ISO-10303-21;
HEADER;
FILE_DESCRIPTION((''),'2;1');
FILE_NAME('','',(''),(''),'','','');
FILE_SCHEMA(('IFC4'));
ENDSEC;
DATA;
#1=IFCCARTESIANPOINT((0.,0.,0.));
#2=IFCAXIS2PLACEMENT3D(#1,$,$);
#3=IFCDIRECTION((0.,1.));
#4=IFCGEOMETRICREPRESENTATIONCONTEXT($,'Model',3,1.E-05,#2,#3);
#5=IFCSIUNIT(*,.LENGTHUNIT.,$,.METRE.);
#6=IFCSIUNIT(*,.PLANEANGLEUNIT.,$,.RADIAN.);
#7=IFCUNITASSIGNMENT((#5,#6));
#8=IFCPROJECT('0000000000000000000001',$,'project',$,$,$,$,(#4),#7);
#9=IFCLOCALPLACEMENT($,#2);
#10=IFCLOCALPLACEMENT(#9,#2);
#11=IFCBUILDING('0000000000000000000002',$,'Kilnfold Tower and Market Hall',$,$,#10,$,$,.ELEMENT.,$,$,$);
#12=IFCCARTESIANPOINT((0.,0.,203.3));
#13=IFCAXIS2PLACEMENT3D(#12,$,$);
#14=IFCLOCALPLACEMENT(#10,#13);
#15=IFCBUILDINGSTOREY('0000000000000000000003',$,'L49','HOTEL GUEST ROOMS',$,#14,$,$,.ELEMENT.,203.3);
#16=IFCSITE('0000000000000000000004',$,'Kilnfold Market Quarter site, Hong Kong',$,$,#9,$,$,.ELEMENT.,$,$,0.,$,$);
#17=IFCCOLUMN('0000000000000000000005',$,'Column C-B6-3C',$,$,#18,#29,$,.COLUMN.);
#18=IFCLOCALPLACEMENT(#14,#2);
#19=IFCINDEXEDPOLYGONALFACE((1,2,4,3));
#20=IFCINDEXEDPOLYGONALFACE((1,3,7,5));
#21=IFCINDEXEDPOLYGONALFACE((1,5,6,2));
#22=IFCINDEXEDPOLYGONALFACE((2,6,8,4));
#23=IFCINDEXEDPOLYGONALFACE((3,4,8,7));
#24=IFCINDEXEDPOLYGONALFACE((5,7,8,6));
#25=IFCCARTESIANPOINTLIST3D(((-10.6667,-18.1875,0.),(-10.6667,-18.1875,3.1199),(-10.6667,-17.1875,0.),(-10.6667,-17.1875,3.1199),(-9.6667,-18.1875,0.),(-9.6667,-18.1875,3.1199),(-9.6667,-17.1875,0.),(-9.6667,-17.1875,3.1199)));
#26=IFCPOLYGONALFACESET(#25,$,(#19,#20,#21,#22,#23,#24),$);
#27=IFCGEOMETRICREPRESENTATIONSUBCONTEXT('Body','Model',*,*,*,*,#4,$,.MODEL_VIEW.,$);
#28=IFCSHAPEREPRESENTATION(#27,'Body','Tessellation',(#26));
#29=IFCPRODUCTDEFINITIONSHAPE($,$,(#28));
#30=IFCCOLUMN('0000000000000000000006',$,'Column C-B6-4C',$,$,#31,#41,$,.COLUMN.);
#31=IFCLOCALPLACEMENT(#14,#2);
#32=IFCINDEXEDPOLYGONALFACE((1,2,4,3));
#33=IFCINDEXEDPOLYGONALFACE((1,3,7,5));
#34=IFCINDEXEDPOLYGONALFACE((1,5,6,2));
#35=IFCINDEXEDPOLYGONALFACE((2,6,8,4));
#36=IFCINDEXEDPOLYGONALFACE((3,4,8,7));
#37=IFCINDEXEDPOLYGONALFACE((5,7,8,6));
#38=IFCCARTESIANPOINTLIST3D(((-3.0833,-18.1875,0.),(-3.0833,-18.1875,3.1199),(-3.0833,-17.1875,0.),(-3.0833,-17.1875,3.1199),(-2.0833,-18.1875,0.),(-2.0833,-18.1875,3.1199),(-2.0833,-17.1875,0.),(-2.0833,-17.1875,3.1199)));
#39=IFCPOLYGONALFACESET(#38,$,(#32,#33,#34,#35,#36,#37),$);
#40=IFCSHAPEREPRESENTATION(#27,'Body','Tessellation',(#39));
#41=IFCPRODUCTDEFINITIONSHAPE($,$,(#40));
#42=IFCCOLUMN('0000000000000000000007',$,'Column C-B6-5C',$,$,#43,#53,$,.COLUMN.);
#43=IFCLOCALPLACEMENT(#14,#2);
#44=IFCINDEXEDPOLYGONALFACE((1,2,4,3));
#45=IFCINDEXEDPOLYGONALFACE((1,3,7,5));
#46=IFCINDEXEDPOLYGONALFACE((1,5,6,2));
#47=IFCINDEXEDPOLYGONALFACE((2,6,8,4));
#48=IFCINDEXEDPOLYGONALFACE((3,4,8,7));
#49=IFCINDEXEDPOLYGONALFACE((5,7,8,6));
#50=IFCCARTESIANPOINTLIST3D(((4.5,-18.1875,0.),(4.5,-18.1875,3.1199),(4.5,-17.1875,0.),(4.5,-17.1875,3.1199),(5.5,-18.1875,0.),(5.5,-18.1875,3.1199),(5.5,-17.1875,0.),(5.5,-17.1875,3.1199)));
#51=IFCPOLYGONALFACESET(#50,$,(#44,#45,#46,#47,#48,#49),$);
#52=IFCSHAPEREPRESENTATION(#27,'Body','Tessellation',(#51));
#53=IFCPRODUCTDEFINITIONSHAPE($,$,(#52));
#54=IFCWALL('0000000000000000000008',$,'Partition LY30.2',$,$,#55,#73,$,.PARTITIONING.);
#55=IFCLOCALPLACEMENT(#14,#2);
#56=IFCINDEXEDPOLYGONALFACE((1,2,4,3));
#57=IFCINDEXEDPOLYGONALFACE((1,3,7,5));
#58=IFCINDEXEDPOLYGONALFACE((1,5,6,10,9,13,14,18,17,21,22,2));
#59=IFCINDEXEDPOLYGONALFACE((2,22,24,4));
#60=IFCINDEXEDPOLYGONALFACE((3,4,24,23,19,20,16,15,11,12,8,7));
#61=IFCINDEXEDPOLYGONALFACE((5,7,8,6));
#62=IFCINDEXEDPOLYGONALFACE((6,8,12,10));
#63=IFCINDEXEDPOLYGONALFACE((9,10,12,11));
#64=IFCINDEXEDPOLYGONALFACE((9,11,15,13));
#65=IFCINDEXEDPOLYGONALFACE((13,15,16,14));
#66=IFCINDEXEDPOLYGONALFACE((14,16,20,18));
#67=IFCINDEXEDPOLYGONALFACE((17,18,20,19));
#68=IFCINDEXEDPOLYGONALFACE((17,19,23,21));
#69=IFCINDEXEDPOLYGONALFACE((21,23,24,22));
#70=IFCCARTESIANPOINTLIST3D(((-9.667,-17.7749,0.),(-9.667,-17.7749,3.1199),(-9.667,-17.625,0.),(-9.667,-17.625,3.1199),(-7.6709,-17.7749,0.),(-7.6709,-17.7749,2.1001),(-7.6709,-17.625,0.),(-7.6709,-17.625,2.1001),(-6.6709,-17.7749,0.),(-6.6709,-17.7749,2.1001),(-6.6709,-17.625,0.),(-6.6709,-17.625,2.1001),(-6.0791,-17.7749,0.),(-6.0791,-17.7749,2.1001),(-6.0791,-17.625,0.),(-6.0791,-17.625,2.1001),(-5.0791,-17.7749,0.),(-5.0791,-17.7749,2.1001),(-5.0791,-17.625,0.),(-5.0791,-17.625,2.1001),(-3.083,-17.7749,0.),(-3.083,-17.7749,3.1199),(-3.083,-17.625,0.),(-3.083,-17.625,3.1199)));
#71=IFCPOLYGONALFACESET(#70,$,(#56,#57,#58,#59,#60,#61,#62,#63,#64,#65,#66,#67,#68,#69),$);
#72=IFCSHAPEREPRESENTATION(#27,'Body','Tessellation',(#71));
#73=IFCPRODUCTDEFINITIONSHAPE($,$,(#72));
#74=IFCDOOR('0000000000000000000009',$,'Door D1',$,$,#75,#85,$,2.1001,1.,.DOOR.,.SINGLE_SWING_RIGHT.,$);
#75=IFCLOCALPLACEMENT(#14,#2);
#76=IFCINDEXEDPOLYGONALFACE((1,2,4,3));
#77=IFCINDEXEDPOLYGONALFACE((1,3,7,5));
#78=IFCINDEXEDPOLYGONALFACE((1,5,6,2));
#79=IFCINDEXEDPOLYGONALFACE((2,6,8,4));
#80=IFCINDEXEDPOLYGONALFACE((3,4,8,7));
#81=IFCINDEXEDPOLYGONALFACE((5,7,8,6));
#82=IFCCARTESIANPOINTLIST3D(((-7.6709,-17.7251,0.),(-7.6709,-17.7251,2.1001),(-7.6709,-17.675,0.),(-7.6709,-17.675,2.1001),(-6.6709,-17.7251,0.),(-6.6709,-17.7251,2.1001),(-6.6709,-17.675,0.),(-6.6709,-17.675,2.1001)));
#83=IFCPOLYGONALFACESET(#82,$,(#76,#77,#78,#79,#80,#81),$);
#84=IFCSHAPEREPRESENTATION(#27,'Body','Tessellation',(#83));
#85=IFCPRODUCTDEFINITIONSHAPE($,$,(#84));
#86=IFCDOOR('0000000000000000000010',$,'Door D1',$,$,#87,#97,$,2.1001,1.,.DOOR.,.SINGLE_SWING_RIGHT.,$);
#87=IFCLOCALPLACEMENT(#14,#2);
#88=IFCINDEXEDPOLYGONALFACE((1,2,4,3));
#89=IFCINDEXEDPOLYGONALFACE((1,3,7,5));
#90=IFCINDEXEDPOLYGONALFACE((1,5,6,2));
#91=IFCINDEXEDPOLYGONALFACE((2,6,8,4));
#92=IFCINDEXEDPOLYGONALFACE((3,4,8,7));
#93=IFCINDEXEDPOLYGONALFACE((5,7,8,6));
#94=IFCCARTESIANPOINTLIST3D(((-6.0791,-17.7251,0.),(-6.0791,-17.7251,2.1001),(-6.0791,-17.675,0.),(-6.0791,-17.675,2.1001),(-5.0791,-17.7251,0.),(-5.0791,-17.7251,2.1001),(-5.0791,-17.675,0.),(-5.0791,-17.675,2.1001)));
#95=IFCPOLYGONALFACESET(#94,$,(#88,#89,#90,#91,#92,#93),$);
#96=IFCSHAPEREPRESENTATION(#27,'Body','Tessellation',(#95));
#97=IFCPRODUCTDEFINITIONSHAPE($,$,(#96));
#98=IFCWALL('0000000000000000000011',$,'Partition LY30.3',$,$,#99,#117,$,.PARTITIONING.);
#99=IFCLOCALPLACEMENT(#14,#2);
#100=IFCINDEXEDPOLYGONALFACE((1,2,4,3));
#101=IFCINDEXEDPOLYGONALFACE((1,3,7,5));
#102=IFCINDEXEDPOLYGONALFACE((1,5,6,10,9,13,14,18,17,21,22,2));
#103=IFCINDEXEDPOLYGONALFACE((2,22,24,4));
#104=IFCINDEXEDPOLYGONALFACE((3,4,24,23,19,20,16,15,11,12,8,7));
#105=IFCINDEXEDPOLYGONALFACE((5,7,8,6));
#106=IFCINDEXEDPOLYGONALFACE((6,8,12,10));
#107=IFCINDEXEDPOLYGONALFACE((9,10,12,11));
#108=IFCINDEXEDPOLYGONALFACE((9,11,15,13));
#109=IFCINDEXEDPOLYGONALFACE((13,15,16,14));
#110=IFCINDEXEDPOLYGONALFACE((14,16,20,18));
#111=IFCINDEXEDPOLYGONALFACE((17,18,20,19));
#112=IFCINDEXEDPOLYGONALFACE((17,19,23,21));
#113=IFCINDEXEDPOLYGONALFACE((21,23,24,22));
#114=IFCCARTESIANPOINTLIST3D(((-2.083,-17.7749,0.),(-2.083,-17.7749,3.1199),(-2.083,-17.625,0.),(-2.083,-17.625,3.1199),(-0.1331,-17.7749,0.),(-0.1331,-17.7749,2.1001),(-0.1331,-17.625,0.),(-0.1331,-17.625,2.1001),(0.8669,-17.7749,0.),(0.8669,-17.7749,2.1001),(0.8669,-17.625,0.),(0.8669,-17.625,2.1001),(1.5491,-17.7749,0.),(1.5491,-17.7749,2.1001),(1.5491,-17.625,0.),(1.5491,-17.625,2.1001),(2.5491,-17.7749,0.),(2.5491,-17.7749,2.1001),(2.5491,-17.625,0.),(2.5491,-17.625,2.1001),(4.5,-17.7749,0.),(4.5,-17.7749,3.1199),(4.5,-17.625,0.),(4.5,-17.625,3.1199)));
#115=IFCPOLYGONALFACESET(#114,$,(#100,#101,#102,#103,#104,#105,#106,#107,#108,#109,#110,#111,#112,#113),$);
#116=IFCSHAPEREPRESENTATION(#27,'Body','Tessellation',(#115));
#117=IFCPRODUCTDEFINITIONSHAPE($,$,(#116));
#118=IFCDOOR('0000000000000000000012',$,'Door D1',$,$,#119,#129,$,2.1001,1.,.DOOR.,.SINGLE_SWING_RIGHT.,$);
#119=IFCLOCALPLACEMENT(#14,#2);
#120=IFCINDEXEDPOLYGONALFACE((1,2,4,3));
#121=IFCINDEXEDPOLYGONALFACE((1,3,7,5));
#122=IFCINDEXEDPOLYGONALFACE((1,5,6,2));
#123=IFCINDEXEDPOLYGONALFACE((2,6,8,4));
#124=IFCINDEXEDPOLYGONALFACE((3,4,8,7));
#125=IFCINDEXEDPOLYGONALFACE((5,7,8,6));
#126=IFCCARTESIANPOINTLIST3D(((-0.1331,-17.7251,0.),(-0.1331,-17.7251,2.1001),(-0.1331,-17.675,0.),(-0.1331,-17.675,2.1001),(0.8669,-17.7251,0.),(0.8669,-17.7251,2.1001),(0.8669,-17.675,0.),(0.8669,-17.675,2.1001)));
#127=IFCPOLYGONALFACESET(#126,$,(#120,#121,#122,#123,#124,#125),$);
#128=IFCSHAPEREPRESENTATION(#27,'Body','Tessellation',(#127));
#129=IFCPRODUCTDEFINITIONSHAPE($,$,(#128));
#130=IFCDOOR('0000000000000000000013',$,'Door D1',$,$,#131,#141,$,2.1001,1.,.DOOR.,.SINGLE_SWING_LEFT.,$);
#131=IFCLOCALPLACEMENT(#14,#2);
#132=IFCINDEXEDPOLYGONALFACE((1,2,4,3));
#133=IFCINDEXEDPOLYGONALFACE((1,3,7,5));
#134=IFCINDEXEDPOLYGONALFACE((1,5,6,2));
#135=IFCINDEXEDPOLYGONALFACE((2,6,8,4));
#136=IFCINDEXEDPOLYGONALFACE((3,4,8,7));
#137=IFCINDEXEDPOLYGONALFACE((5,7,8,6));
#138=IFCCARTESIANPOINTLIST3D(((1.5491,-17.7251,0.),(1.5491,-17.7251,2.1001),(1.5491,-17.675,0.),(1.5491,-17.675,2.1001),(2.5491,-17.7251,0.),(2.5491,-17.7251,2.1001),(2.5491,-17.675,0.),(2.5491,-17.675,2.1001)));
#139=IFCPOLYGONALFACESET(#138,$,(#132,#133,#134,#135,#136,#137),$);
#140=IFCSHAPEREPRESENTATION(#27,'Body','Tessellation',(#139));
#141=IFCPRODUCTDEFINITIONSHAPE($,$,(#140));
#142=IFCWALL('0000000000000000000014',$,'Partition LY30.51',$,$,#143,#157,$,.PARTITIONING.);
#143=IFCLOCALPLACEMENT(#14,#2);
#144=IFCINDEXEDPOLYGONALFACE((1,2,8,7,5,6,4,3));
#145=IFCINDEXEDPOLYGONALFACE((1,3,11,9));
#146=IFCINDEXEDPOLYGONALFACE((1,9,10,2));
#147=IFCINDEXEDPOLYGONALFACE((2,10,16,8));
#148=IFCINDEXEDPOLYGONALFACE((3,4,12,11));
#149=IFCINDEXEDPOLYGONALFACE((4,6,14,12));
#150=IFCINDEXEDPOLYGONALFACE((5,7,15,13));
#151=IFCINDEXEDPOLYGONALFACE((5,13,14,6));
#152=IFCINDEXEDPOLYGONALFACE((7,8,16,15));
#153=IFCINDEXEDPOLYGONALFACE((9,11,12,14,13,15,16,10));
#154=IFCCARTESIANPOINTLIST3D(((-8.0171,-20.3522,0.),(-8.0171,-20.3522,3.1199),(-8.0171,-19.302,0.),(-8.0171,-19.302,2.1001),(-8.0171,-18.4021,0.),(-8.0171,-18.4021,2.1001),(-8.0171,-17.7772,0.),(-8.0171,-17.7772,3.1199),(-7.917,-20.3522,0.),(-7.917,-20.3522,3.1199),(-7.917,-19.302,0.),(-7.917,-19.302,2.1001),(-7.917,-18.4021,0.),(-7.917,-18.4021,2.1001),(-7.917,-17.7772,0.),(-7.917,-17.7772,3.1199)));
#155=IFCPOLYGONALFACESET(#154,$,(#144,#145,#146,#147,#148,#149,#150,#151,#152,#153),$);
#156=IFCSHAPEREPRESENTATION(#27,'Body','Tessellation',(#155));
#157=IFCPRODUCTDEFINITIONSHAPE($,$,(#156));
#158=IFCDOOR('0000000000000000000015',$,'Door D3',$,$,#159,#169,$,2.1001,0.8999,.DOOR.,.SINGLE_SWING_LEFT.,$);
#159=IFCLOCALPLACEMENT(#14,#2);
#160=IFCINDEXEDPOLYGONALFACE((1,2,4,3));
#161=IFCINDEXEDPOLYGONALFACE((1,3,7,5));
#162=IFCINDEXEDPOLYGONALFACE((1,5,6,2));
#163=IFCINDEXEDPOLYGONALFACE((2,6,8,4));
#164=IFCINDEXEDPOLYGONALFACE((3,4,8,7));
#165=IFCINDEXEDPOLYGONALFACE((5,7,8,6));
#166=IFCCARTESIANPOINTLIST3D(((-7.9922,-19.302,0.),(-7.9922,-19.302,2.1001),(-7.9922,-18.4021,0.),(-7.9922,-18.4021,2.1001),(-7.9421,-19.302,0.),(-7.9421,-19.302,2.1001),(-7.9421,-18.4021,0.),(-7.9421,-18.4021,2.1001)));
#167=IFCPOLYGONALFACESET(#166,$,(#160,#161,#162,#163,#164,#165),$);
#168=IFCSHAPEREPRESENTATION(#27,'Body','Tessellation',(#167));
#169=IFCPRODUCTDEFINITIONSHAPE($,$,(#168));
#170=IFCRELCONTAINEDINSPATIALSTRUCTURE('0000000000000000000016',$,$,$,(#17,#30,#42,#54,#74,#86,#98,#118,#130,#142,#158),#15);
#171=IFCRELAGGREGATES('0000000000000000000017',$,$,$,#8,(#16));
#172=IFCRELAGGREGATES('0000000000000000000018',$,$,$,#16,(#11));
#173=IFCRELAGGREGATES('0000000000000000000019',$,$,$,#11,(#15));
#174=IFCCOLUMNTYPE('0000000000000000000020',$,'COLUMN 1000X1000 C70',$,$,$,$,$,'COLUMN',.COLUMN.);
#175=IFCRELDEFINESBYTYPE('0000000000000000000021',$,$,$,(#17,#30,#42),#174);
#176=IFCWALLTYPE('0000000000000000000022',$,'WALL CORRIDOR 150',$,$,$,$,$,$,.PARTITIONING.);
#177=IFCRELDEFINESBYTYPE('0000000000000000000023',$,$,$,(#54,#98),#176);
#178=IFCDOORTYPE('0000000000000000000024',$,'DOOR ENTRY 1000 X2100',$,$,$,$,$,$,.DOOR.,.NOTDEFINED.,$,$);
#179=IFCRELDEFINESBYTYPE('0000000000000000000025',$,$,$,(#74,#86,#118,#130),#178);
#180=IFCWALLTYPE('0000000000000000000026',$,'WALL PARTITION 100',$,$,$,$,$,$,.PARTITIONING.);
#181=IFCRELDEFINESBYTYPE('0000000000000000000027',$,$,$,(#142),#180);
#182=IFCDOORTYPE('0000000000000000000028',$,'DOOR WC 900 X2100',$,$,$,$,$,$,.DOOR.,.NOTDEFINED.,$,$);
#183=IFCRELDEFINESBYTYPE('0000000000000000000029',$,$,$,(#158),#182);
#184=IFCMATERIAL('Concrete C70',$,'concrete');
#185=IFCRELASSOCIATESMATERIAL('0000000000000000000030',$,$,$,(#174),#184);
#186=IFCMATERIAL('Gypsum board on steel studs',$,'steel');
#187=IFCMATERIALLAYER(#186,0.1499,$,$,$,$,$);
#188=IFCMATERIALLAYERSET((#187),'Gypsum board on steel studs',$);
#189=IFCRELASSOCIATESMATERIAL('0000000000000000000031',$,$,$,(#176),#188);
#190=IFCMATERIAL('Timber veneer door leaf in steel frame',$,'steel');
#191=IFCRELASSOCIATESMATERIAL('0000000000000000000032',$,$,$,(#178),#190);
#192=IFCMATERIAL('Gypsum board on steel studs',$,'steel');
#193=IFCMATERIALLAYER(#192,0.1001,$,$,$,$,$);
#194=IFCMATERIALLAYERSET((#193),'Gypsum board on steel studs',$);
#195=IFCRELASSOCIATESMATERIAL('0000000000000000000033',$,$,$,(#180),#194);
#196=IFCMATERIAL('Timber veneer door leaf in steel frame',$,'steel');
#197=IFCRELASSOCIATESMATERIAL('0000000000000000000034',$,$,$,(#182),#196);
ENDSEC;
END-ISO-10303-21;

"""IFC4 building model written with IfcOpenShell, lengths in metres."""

from ifc_helpers import new_model, si_unit, direction, frame, frame_2d, origin, origin_2d, place, context, subcontext, project, spatial, rectangle, extrude, source, transform, mapped, material, layer, layer_set, material_profile, profile_set, type_object, element, fill, save


model = new_model("IFC4")

# Units and contexts
model_context = context("Model", 3, precision=1e-05, world=origin(), true_north=direction((0.0, 1.0)))
body_context = subcontext(model_context, "Body", "Model", "MODEL_VIEW")
ifc_project = project(units=[si_unit("LENGTHUNIT", "METRE"), si_unit("PLANEANGLEUNIT", "RADIAN")], contexts=[model_context])

# Site, building, storey
site_placement = place(None, origin())
site = spatial("IfcSite", under=ifc_project, at=site_placement, Name="Kilnfold Market Quarter site, Hong Kong", CompositionType="ELEMENT", RefElevation=0.0)
building_placement = place(site_placement, origin())
building = spatial("IfcBuilding", under=site, at=building_placement, Name="Kilnfold Tower and Market Hall", CompositionType="ELEMENT")
storey_placement = place(building_placement, frame((0.0, 0.0, 203.3)))
storey = spatial("IfcBuildingStorey", under=building, at=storey_placement, Name="L49", Description="HOTEL GUEST ROOMS", CompositionType="ELEMENT", Elevation=203.3)

# Columns
ifc_material_1 = material(Name="Concrete C70", Category="concrete")
ifc_material_profile = material_profile(ifc_material_1, rectangle(XDim=1.0, YDim=1.0, at=origin_2d()), Name="RC 1000x1000")
ifc_profile_set = profile_set([ifc_material_profile], Name="Concrete C70")
column_type = type_object("IfcColumnType", Name="COLUMN 1000X1000 C70", ElementType="COLUMN", PredefinedType="COLUMN", material=ifc_profile_set)
shared_shape = source(origin(), body_context, "Body", "SweptSolid", [
    extrude(rectangle(XDim=1.0, YDim=1.0, at=origin_2d()), origin(), (0.0, 0.0, 1.0), 3.1199),
])
for number, where, z_axis, x_axis, name in (
    (1, (-10.1667, -17.6875, 0.0), (0.0, 0.0, 1.0), (1.0, 0.0, 0.0), "Column C-B6-3C"),
    (2, (-2.5833, -17.6875, 0.0), (0.0, 0.0, 1.0), (1.0, 0.0, 0.0), "Column C-B6-4C"),
    (3, (5.0, -17.6875, 0.0), (0.0, 0.0, 1.0), (1.0, 0.0, 0.0), "Column C-B6-5C"),
):
    element("IfcColumn", number, at=place(storey_placement, frame(where, z_axis=z_axis, x_axis=x_axis)), inside=storey, type_object=column_type, Name=name, PredefinedType="COLUMN", context=body_context, shape_type="MappedRepresentation", body=[
        mapped(shared_shape, transform((0.0, 0.0, 0.0))),
    ])

# Walls, openings, doors
ifc_material_2 = material(Name="Gypsum board on steel studs", Category="steel")
ifc_layer_1 = layer(ifc_material_2, 0.1499)
ifc_layer_set_1 = layer_set([ifc_layer_1], Name="Gypsum board on steel studs")
wall_type_1 = type_object("IfcWallType", Name="WALL CORRIDOR 150", PredefinedType="PARTITIONING", material=ifc_layer_set_1)
wall_1_placement = place(storey_placement, frame((-9.667, -17.7, 0.0), z_axis=(0.0, 0.0, 1.0), x_axis=(1.0, 0.0, 0.0)))
wall_1 = element("IfcWall", 4, at=wall_1_placement, inside=storey, type_object=wall_type_1, Name="Partition LY30.2", PredefinedType="PARTITIONING", context=body_context, shape_type="SweptSolid", body=[
    extrude(rectangle(XDim=6.584, YDim=0.1499, at=frame_2d((3.292, 0.0))), origin(), (0.0, 0.0, 1.0), 3.1199),
])
opening_1_placement = place(wall_1_placement, frame((1.9961, 0.0, 0.0)))
opening_1 = element("IfcOpeningElement", 5, at=opening_1_placement, cuts=wall_1, PredefinedType="OPENING", context=body_context, shape_type="SweptSolid", body=[
    extrude(rectangle(XDim=1.0, YDim=2.1001, at=frame_2d((0.5, 1.05))), frame((0.0, 0.085, 0.0), z_axis=(0.0, -1.0, 0.0), x_axis=(1.0, 0.0, 0.0)), (0.0, 0.0, 1.0), 0.1699),
])
opening_2_placement = place(wall_1_placement, frame((3.5879, 0.0, 0.0)))
opening_2 = element("IfcOpeningElement", 6, at=opening_2_placement, cuts=wall_1, PredefinedType="OPENING", context=body_context, shape_type="SweptSolid", body=[
    extrude(rectangle(XDim=1.0, YDim=2.1001, at=frame_2d((0.5, 1.05))), frame((0.0, 0.085, 0.0), z_axis=(0.0, -1.0, 0.0), x_axis=(1.0, 0.0, 0.0)), (0.0, 0.0, 1.0), 0.1699),
])
ifc_material_3 = material(Name="Timber veneer door leaf in steel frame", Category="steel")
door_type_1 = type_object("IfcDoorType", Name="DOOR ENTRY 1000 X2100", OperationType="NOTDEFINED", PredefinedType="DOOR", material=ifc_material_3)
door_1_placement = place(opening_1_placement, origin())
door_1 = element("IfcDoor", 7, at=door_1_placement, inside=storey, type_object=door_type_1, Name="Door D1", OperationType="SINGLE_SWING_RIGHT", OverallHeight=2.1001, OverallWidth=1.0, PredefinedType="DOOR", context=body_context, shape_type="SweptSolid", body=[
    extrude(rectangle(XDim=1.0, YDim=2.1001, at=frame_2d((0.5, 1.05))), frame((0.0, 0.0249, 0.0), z_axis=(0.0, -1.0, 0.0), x_axis=(1.0, 0.0, 0.0)), (0.0, 0.0, 1.0), 0.05),
])
fill(opening_1, door_1)
door_2_placement = place(opening_2_placement, origin())
door_2 = element("IfcDoor", 8, at=door_2_placement, inside=storey, type_object=door_type_1, Name="Door D1", OperationType="SINGLE_SWING_RIGHT", OverallHeight=2.1001, OverallWidth=1.0, PredefinedType="DOOR", context=body_context, shape_type="SweptSolid", body=[
    extrude(rectangle(XDim=1.0, YDim=2.1001, at=frame_2d((0.5, 1.05))), frame((0.0, 0.0249, 0.0), z_axis=(0.0, -1.0, 0.0), x_axis=(1.0, 0.0, 0.0)), (0.0, 0.0, 1.0), 0.05),
])
fill(opening_2, door_2)
wall_2_placement = place(storey_placement, frame((-2.083, -17.7, 0.0), z_axis=(0.0, 0.0, 1.0), x_axis=(1.0, 0.0, 0.0)))
wall_2 = element("IfcWall", 9, at=wall_2_placement, inside=storey, type_object=wall_type_1, Name="Partition LY30.3", PredefinedType="PARTITIONING", context=body_context, shape_type="SweptSolid", body=[
    extrude(rectangle(XDim=6.583, YDim=0.1499, at=frame_2d((3.2915, 0.0))), origin(), (0.0, 0.0, 1.0), 3.1199),
])
opening_3_placement = place(wall_2_placement, frame((1.95, 0.0, 0.0)))
opening_3 = element("IfcOpeningElement", 10, at=opening_3_placement, cuts=wall_2, PredefinedType="OPENING", context=body_context, shape_type="SweptSolid", body=[
    extrude(rectangle(XDim=1.0, YDim=2.1001, at=frame_2d((0.5, 1.05))), frame((0.0, 0.085, 0.0), z_axis=(0.0, -1.0, 0.0), x_axis=(1.0, 0.0, 0.0)), (0.0, 0.0, 1.0), 0.1699),
])
opening_4_placement = place(wall_2_placement, frame((3.6321, 0.0, 0.0)))
opening_4 = element("IfcOpeningElement", 11, at=opening_4_placement, cuts=wall_2, PredefinedType="OPENING", context=body_context, shape_type="SweptSolid", body=[
    extrude(rectangle(XDim=1.0, YDim=2.1001, at=frame_2d((0.5, 1.05))), frame((0.0, 0.085, 0.0), z_axis=(0.0, -1.0, 0.0), x_axis=(1.0, 0.0, 0.0)), (0.0, 0.0, 1.0), 0.1699),
])
door_3_placement = place(opening_3_placement, origin())
door_3 = element("IfcDoor", 12, at=door_3_placement, inside=storey, type_object=door_type_1, Name="Door D1", OperationType="SINGLE_SWING_RIGHT", OverallHeight=2.1001, OverallWidth=1.0, PredefinedType="DOOR", context=body_context, shape_type="SweptSolid", body=[
    extrude(rectangle(XDim=1.0, YDim=2.1001, at=frame_2d((0.5, 1.05))), frame((0.0, 0.0249, 0.0), z_axis=(0.0, -1.0, 0.0), x_axis=(1.0, 0.0, 0.0)), (0.0, 0.0, 1.0), 0.05),
])
fill(opening_3, door_3)
door_4_placement = place(opening_4_placement, origin())
door_4 = element("IfcDoor", 13, at=door_4_placement, inside=storey, type_object=door_type_1, Name="Door D1", OperationType="SINGLE_SWING_LEFT", OverallHeight=2.1001, OverallWidth=1.0, PredefinedType="DOOR", context=body_context, shape_type="SweptSolid", body=[
    extrude(rectangle(XDim=1.0, YDim=2.1001, at=frame_2d((0.5, 1.05))), frame((0.0, 0.0249, 0.0), z_axis=(0.0, -1.0, 0.0), x_axis=(1.0, 0.0, 0.0)), (0.0, 0.0, 1.0), 0.05),
])
fill(opening_4, door_4)

# Wall, opening, door
ifc_material_4 = material(Name="Gypsum board on steel studs", Category="steel")
ifc_layer_2 = layer(ifc_material_4, 0.1001)
ifc_layer_set_2 = layer_set([ifc_layer_2], Name="Gypsum board on steel studs")
wall_type_2 = type_object("IfcWallType", Name="WALL PARTITION 100", PredefinedType="PARTITIONING", material=ifc_layer_set_2)
wall_3_placement = place(storey_placement, frame((-7.967, -17.7771, 0.0), z_axis=(0.0, 0.0, 1.0), x_axis=(0.0, -1.0, 0.0)))
wall_3 = element("IfcWall", 14, at=wall_3_placement, inside=storey, type_object=wall_type_2, Name="Partition LY30.51", PredefinedType="PARTITIONING", context=body_context, shape_type="SweptSolid", body=[
    extrude(rectangle(XDim=2.575, YDim=0.1001, at=frame_2d((1.2876, 0.0))), origin(), (0.0, 0.0, 1.0), 3.1199),
])
opening_5_placement = place(wall_3_placement, frame((0.625, 0.0, 0.0)))
opening_5 = element("IfcOpeningElement", 15, at=opening_5_placement, cuts=wall_3, PredefinedType="OPENING", context=body_context, shape_type="SweptSolid", body=[
    extrude(rectangle(XDim=0.8999, YDim=2.1001, at=frame_2d((0.45, 1.05))), frame((0.0, 0.0601, 0.0), z_axis=(0.0, -1.0, 0.0), x_axis=(1.0, 0.0, 0.0)), (0.0, 0.0, 1.0), 0.1201),
])
ifc_material_5 = material(Name="Timber veneer door leaf in steel frame", Category="steel")
door_type_2 = type_object("IfcDoorType", Name="DOOR WC 900 X2100", OperationType="NOTDEFINED", PredefinedType="DOOR", material=ifc_material_5)
door_5_placement = place(opening_5_placement, origin())
door_5 = element("IfcDoor", 16, at=door_5_placement, inside=storey, type_object=door_type_2, Name="Door D3", OperationType="SINGLE_SWING_LEFT", OverallHeight=2.1001, OverallWidth=0.8999, PredefinedType="DOOR", context=body_context, shape_type="SweptSolid", body=[
    extrude(rectangle(XDim=0.8999, YDim=2.1001, at=frame_2d((0.45, 1.05))), frame((0.0, 0.0249, 0.0), z_axis=(0.0, -1.0, 0.0), x_axis=(1.0, 0.0, 0.0)), (0.0, 0.0, 1.0), 0.05),
])
fill(opening_5, door_5)

save(model, "model.ifc")
